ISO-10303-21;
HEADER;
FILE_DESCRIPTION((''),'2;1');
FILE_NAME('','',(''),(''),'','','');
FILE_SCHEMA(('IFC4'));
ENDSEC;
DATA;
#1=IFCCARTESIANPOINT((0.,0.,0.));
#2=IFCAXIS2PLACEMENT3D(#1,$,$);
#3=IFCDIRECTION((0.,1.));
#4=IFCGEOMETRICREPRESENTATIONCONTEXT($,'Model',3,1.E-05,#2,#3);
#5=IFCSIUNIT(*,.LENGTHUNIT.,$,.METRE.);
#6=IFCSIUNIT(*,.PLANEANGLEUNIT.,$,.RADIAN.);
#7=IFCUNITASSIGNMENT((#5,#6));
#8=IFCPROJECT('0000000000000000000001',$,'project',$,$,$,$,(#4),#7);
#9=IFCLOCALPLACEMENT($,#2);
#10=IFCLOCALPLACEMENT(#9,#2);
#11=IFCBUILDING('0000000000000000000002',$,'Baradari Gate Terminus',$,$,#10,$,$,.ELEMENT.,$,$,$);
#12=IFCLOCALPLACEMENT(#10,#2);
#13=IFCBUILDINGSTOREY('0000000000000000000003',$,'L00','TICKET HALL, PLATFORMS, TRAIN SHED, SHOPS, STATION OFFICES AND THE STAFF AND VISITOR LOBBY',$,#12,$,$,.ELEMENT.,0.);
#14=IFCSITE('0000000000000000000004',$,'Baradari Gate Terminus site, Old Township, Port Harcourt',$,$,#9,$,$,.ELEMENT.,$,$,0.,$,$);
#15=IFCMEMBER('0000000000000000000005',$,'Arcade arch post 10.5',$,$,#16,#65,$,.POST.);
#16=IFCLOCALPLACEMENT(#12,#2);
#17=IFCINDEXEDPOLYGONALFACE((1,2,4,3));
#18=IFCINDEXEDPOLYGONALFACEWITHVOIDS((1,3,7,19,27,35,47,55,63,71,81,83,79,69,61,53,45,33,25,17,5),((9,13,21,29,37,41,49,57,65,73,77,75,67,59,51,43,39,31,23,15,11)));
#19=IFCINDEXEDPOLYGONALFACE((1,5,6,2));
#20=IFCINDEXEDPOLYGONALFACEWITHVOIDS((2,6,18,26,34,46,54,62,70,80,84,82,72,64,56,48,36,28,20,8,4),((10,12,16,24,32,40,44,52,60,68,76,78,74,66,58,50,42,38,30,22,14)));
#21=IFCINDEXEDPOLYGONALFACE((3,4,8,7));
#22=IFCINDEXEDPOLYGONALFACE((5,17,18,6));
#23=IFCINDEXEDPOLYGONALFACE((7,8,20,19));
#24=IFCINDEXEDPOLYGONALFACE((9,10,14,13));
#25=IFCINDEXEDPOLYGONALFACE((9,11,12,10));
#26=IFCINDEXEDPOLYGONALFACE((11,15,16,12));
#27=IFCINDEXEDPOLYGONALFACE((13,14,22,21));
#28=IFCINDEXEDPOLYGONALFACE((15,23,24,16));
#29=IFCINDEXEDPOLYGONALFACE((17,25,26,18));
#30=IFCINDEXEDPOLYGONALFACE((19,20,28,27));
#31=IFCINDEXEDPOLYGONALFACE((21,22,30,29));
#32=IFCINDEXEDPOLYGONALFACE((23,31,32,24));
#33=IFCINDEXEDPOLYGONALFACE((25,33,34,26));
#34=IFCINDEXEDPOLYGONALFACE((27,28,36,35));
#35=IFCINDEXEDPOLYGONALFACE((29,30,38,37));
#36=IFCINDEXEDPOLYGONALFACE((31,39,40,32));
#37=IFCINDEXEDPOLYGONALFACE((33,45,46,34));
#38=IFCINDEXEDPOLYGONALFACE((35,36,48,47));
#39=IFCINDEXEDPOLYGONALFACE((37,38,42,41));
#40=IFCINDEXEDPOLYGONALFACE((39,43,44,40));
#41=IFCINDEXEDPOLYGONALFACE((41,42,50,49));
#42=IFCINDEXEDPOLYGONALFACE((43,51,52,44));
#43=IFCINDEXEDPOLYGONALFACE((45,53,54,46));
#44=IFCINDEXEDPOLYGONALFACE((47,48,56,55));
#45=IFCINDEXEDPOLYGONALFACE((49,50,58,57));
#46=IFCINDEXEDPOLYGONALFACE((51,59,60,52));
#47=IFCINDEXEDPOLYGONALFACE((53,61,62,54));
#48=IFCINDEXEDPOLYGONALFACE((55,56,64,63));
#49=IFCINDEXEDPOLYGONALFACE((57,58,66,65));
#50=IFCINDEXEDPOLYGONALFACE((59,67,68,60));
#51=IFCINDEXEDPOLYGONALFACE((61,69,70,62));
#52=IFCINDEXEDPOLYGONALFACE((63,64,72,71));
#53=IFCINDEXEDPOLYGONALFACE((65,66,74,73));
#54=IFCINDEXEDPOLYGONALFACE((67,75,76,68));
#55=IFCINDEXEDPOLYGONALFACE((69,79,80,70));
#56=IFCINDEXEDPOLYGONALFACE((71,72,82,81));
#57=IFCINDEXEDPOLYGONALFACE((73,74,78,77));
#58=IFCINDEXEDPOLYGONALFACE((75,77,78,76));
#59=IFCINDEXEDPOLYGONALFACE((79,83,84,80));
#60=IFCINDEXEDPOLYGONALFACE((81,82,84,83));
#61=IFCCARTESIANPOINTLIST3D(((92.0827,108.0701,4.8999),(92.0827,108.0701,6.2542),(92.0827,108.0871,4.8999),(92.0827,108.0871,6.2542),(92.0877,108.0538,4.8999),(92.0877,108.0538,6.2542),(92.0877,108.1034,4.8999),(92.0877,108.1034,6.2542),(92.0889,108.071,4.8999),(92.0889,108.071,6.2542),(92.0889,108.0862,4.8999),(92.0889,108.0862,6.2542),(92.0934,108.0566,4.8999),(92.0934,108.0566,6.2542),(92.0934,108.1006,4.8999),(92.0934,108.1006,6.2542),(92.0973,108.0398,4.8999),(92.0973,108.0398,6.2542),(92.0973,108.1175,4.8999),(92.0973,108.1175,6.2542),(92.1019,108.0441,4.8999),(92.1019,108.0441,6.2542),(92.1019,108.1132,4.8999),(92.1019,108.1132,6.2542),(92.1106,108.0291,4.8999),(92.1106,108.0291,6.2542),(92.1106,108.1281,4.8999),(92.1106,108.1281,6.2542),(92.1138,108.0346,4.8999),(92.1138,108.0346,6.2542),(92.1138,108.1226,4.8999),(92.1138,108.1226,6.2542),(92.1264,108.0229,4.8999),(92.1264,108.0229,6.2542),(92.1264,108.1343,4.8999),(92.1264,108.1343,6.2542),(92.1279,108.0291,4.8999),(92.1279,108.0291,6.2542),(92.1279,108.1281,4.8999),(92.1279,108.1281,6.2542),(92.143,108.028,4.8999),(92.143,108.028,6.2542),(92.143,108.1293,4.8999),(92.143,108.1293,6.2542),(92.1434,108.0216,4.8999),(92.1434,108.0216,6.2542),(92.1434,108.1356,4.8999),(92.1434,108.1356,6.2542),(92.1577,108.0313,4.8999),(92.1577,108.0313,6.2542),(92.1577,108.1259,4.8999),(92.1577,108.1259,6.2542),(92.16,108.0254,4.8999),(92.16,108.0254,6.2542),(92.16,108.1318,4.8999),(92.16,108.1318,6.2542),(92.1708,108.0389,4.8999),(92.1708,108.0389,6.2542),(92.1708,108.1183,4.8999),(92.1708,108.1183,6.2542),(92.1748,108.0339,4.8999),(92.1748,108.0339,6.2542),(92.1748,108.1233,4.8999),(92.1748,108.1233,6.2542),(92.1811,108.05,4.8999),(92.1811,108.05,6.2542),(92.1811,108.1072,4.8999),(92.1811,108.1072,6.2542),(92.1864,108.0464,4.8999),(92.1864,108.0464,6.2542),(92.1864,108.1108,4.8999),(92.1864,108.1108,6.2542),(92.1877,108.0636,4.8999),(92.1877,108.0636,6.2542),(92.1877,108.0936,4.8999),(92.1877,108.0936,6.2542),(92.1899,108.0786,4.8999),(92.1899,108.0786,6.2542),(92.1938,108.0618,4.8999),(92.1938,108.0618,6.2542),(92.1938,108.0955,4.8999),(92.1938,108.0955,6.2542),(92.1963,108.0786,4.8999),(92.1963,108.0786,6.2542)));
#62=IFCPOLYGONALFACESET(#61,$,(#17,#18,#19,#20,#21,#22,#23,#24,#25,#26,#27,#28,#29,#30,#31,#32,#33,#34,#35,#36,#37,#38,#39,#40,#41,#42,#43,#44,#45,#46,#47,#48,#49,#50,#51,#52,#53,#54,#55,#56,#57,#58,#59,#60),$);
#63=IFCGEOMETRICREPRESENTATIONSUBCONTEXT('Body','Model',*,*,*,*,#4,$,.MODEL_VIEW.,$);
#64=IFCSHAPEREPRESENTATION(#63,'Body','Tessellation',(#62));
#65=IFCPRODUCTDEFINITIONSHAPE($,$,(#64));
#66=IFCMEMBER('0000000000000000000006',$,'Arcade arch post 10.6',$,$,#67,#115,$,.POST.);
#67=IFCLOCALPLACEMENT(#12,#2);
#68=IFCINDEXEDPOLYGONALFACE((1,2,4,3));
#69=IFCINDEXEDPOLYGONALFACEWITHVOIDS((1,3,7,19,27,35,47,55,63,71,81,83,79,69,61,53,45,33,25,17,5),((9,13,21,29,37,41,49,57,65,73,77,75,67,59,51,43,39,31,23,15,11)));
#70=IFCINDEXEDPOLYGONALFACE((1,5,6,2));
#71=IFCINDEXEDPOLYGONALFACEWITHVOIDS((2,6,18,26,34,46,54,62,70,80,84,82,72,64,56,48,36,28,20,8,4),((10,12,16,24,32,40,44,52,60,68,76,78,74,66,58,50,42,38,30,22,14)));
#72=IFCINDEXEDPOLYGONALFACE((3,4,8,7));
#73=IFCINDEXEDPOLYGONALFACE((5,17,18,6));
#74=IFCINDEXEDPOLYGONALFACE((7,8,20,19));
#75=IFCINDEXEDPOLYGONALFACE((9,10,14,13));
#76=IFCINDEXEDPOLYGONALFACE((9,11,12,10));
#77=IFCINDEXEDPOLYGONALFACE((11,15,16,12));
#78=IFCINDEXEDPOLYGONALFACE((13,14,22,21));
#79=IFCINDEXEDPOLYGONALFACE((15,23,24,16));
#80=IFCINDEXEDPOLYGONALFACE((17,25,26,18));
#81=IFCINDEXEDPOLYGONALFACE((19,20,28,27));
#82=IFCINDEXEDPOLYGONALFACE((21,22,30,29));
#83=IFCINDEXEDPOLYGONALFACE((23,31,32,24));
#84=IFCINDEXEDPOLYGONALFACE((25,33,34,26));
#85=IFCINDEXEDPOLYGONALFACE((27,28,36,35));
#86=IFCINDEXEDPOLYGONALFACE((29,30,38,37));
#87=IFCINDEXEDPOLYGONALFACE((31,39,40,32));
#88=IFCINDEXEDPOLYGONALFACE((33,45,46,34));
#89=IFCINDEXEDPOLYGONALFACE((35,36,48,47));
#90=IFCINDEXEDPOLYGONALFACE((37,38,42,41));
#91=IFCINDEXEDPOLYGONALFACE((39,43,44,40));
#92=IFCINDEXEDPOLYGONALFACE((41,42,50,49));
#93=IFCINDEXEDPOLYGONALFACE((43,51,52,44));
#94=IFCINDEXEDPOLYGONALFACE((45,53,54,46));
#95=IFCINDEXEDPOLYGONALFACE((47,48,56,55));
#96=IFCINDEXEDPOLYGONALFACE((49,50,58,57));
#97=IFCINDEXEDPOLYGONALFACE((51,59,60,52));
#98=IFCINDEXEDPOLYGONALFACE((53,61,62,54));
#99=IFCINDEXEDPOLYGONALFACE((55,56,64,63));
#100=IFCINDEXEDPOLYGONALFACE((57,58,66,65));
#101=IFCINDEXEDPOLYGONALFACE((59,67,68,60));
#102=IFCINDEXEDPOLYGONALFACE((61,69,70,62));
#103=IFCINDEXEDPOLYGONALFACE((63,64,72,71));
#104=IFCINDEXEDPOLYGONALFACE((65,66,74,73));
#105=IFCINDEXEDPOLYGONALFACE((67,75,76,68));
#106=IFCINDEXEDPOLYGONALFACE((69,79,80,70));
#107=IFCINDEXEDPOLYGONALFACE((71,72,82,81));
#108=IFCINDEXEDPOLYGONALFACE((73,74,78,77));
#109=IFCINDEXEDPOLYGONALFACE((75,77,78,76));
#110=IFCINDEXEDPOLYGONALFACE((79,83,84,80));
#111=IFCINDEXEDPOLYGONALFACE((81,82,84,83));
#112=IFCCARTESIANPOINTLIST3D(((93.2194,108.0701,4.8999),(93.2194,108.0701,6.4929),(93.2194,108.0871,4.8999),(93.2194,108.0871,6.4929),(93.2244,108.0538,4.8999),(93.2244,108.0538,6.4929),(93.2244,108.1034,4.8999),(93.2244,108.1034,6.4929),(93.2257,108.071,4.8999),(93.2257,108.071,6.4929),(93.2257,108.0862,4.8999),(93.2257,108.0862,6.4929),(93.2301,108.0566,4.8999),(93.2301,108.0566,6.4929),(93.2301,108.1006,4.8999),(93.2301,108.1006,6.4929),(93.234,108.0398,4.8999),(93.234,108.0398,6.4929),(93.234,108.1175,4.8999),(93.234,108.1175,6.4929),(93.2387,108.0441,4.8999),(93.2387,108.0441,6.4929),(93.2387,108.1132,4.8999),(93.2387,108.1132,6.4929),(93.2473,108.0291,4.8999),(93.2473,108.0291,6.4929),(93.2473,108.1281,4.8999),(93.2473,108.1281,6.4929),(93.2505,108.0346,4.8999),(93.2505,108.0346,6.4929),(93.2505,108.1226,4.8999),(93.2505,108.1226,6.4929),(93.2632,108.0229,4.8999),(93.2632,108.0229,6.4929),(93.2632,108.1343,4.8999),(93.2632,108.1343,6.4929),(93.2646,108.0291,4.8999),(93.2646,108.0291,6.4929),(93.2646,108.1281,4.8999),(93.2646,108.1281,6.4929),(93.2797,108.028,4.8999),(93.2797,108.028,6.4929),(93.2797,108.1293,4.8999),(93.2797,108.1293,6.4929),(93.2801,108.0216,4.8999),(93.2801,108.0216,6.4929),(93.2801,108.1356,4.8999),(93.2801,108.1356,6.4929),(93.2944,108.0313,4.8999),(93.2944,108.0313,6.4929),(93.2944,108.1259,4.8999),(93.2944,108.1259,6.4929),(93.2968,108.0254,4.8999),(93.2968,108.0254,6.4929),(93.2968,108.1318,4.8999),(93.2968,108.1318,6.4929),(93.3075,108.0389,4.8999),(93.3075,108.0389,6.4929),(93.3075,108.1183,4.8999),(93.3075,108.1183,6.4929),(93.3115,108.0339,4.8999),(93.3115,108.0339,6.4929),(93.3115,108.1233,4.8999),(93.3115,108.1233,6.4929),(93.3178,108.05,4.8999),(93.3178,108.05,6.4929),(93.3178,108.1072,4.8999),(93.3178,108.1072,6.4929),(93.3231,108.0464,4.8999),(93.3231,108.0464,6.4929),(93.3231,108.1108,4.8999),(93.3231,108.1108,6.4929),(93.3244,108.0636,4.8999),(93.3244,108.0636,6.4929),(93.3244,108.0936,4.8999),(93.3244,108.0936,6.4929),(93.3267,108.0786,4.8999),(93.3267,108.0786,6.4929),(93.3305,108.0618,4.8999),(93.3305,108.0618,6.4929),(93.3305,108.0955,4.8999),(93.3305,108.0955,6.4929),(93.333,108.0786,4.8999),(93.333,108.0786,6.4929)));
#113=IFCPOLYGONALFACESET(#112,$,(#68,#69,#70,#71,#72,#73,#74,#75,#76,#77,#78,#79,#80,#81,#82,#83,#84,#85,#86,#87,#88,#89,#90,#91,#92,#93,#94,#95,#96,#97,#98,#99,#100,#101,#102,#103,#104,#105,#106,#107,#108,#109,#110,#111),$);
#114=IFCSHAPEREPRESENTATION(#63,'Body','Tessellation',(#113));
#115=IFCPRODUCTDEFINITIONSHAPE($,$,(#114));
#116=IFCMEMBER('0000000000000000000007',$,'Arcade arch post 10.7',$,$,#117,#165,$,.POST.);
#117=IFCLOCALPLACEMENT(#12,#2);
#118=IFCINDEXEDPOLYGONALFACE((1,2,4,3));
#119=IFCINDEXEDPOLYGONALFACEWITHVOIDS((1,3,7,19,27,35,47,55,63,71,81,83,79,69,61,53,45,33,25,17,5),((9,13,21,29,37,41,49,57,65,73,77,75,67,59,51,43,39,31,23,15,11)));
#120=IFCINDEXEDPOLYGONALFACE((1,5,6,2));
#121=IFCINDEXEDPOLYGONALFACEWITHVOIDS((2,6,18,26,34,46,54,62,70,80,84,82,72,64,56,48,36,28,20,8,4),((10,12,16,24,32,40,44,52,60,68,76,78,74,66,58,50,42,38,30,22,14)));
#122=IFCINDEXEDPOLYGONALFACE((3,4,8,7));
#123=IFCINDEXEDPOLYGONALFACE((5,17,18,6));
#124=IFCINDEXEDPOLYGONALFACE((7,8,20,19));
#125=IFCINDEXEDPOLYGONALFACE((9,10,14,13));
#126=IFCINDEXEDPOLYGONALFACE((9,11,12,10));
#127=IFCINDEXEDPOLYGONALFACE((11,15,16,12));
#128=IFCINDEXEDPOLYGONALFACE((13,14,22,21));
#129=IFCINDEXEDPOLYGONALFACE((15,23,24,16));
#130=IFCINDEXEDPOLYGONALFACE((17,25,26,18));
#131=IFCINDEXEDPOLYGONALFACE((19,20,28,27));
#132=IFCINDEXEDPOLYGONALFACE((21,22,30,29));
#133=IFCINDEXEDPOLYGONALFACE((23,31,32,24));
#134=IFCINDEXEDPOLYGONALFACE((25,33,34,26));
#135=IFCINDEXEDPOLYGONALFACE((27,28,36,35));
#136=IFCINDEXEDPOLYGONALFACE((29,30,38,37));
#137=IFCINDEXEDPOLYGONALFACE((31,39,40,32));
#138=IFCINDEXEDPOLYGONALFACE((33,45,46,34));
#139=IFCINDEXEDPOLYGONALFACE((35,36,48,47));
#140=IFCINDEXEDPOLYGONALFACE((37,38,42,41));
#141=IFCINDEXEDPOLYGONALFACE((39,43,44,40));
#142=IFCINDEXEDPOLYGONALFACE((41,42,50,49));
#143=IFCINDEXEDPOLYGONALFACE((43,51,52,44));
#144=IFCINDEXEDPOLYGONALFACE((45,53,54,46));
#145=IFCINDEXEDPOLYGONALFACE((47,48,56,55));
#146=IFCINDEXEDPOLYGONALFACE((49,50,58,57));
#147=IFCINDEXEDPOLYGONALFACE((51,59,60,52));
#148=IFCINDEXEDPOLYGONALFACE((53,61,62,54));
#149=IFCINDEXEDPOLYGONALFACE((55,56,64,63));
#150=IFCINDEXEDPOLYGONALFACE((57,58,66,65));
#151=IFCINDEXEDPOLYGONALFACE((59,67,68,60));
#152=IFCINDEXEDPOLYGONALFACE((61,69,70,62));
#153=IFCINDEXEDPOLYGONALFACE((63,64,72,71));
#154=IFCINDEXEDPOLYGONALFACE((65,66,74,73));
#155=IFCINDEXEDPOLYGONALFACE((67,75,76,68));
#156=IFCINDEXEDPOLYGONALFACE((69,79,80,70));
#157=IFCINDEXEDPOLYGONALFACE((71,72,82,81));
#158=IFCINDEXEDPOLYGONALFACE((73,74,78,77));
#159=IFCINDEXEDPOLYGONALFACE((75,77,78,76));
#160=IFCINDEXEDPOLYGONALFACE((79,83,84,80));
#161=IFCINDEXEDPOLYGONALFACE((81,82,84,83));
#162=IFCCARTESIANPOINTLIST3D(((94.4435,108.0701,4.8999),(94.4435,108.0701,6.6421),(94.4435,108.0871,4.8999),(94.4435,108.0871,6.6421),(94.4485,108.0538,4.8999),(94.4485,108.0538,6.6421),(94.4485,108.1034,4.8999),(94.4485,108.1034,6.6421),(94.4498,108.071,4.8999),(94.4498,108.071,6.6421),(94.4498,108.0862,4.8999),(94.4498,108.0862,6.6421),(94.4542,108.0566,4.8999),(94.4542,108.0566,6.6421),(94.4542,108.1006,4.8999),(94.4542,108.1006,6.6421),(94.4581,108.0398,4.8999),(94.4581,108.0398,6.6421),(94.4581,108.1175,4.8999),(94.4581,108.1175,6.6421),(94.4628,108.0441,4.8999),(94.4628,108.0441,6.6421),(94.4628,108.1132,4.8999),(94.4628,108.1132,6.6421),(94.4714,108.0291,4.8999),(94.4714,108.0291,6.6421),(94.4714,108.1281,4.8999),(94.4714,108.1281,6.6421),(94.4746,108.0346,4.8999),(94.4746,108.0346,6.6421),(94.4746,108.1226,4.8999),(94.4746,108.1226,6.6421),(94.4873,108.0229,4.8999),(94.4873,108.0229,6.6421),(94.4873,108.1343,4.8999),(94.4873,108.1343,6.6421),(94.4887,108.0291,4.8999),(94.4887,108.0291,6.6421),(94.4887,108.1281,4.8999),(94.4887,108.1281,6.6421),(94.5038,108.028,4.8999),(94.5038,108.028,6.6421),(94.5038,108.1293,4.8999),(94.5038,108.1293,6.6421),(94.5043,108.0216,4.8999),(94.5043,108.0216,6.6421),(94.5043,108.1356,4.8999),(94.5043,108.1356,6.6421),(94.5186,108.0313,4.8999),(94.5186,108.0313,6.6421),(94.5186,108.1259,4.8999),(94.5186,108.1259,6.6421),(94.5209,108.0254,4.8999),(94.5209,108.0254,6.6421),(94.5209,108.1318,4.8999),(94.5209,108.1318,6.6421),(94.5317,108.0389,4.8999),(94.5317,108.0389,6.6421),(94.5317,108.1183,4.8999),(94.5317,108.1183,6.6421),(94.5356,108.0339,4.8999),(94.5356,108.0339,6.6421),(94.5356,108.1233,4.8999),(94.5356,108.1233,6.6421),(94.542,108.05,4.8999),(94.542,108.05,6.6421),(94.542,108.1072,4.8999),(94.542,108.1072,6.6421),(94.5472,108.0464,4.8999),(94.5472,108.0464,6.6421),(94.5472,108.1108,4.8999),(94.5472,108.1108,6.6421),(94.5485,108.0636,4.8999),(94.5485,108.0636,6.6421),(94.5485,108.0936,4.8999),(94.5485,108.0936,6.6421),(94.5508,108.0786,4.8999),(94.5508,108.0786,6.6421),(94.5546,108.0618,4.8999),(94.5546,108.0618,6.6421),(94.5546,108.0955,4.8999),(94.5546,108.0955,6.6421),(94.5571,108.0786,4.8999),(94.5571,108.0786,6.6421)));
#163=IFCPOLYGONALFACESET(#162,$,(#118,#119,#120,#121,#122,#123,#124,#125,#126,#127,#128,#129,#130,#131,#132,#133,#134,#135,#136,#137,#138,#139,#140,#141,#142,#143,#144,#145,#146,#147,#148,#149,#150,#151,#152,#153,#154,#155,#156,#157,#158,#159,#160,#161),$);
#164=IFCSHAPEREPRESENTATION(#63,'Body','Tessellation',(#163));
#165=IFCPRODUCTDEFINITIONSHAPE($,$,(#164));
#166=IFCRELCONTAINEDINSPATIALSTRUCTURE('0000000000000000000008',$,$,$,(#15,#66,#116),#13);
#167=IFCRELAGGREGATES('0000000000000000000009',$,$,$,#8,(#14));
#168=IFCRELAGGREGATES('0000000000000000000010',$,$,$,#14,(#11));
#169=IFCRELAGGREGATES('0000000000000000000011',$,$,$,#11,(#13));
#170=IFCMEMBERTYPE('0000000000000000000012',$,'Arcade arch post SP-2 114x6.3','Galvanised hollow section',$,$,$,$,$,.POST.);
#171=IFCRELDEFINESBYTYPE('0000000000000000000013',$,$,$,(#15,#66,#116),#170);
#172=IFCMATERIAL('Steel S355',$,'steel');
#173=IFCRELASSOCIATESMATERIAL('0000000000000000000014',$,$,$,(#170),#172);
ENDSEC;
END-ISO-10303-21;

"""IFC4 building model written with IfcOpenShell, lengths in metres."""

from ifc_helpers import new_model, si_unit, direction, frame, origin, origin_2d, place, context, subcontext, project, spatial, hollow_circle, extrude, material, material_profile, profile_set, type_object, element, save


model = new_model("IFC4")

# Units and contexts
model_context = context("Model", 3, precision=1e-05, world=origin(), true_north=direction((0.0, 1.0)))
body_context = subcontext(model_context, "Body", "Model", "MODEL_VIEW")
ifc_project = project(units=[si_unit("LENGTHUNIT", "METRE"), si_unit("PLANEANGLEUNIT", "RADIAN")], contexts=[model_context])

# Site, building, storey
site_placement = place(None, origin())
site = spatial("IfcSite", under=ifc_project, at=site_placement, Name="Baradari Gate Terminus site, Old Township, Port Harcourt", CompositionType="ELEMENT", RefElevation=0.0)
building_placement = place(site_placement, origin())
building = spatial("IfcBuilding", under=site, at=building_placement, Name="Baradari Gate Terminus", CompositionType="ELEMENT")
storey_placement = place(building_placement, origin())
storey = spatial("IfcBuildingStorey", under=building, at=storey_placement, Name="L00", Description="TICKET HALL, PLATFORMS, TRAIN SHED, SHOPS, STATION OFFICES AND THE STAFF AND VISITOR LOBBY", CompositionType="ELEMENT", Elevation=0.0)

# Members
ifc_material_1 = material(Name="Steel S355", Category="steel")
ifc_material_profile_1 = material_profile(ifc_material_1, hollow_circle(Radius=0.0571, WallThickness=0.0063, at=origin_2d()), Name="CHS 114.3x6.3")
ifc_profile_set_1 = profile_set([ifc_material_profile_1], Name="Steel S355")
member_type = type_object("IfcMemberType", Name="Arcade arch post SP-2 114x6.3", Description="Galvanised hollow section", PredefinedType="POST", material=ifc_profile_set_1)
member_1_placement = place(storey_placement, frame((92.1392, 108.0786, 4.8999), z_axis=(0.0, 0.0, 1.0), x_axis=(1.0, 0.0, 0.0)))
element("IfcMember", 1, at=member_1_placement, inside=storey, type_object=member_type, Name="Arcade arch post 10.5", PredefinedType="POST", context=body_context, shape_type="SweptSolid", body=[
    extrude(hollow_circle(Radius=0.0571, WallThickness=0.0063, at=origin_2d()), origin(), (0.0, 0.0, 1.0), 1.3542),
])
member_2_placement = place(storey_placement, frame((93.2759, 108.0786, 4.8999), z_axis=(0.0, 0.0, 1.0), x_axis=(1.0, 0.0, 0.0)))
element("IfcMember", 2, at=member_2_placement, inside=storey, type_object=member_type, Name="Arcade arch post 10.6", PredefinedType="POST", context=body_context, shape_type="SweptSolid", body=[
    extrude(hollow_circle(Radius=0.0571, WallThickness=0.0063, at=origin_2d()), origin(), (0.0, 0.0, 1.0), 1.593),
])
member_3_placement = place(storey_placement, frame((94.5, 108.0786, 4.8999), z_axis=(0.0, 0.0, 1.0), x_axis=(1.0, 0.0, 0.0)))
element("IfcMember", 3, at=member_3_placement, inside=storey, type_object=member_type, Name="Arcade arch post 10.7", PredefinedType="POST", context=body_context, shape_type="SweptSolid", body=[
    extrude(hollow_circle(Radius=0.0571, WallThickness=0.0063, at=origin_2d()), origin(), (0.0, 0.0, 1.0), 1.7422),
])

save(model, "model.ifc")
